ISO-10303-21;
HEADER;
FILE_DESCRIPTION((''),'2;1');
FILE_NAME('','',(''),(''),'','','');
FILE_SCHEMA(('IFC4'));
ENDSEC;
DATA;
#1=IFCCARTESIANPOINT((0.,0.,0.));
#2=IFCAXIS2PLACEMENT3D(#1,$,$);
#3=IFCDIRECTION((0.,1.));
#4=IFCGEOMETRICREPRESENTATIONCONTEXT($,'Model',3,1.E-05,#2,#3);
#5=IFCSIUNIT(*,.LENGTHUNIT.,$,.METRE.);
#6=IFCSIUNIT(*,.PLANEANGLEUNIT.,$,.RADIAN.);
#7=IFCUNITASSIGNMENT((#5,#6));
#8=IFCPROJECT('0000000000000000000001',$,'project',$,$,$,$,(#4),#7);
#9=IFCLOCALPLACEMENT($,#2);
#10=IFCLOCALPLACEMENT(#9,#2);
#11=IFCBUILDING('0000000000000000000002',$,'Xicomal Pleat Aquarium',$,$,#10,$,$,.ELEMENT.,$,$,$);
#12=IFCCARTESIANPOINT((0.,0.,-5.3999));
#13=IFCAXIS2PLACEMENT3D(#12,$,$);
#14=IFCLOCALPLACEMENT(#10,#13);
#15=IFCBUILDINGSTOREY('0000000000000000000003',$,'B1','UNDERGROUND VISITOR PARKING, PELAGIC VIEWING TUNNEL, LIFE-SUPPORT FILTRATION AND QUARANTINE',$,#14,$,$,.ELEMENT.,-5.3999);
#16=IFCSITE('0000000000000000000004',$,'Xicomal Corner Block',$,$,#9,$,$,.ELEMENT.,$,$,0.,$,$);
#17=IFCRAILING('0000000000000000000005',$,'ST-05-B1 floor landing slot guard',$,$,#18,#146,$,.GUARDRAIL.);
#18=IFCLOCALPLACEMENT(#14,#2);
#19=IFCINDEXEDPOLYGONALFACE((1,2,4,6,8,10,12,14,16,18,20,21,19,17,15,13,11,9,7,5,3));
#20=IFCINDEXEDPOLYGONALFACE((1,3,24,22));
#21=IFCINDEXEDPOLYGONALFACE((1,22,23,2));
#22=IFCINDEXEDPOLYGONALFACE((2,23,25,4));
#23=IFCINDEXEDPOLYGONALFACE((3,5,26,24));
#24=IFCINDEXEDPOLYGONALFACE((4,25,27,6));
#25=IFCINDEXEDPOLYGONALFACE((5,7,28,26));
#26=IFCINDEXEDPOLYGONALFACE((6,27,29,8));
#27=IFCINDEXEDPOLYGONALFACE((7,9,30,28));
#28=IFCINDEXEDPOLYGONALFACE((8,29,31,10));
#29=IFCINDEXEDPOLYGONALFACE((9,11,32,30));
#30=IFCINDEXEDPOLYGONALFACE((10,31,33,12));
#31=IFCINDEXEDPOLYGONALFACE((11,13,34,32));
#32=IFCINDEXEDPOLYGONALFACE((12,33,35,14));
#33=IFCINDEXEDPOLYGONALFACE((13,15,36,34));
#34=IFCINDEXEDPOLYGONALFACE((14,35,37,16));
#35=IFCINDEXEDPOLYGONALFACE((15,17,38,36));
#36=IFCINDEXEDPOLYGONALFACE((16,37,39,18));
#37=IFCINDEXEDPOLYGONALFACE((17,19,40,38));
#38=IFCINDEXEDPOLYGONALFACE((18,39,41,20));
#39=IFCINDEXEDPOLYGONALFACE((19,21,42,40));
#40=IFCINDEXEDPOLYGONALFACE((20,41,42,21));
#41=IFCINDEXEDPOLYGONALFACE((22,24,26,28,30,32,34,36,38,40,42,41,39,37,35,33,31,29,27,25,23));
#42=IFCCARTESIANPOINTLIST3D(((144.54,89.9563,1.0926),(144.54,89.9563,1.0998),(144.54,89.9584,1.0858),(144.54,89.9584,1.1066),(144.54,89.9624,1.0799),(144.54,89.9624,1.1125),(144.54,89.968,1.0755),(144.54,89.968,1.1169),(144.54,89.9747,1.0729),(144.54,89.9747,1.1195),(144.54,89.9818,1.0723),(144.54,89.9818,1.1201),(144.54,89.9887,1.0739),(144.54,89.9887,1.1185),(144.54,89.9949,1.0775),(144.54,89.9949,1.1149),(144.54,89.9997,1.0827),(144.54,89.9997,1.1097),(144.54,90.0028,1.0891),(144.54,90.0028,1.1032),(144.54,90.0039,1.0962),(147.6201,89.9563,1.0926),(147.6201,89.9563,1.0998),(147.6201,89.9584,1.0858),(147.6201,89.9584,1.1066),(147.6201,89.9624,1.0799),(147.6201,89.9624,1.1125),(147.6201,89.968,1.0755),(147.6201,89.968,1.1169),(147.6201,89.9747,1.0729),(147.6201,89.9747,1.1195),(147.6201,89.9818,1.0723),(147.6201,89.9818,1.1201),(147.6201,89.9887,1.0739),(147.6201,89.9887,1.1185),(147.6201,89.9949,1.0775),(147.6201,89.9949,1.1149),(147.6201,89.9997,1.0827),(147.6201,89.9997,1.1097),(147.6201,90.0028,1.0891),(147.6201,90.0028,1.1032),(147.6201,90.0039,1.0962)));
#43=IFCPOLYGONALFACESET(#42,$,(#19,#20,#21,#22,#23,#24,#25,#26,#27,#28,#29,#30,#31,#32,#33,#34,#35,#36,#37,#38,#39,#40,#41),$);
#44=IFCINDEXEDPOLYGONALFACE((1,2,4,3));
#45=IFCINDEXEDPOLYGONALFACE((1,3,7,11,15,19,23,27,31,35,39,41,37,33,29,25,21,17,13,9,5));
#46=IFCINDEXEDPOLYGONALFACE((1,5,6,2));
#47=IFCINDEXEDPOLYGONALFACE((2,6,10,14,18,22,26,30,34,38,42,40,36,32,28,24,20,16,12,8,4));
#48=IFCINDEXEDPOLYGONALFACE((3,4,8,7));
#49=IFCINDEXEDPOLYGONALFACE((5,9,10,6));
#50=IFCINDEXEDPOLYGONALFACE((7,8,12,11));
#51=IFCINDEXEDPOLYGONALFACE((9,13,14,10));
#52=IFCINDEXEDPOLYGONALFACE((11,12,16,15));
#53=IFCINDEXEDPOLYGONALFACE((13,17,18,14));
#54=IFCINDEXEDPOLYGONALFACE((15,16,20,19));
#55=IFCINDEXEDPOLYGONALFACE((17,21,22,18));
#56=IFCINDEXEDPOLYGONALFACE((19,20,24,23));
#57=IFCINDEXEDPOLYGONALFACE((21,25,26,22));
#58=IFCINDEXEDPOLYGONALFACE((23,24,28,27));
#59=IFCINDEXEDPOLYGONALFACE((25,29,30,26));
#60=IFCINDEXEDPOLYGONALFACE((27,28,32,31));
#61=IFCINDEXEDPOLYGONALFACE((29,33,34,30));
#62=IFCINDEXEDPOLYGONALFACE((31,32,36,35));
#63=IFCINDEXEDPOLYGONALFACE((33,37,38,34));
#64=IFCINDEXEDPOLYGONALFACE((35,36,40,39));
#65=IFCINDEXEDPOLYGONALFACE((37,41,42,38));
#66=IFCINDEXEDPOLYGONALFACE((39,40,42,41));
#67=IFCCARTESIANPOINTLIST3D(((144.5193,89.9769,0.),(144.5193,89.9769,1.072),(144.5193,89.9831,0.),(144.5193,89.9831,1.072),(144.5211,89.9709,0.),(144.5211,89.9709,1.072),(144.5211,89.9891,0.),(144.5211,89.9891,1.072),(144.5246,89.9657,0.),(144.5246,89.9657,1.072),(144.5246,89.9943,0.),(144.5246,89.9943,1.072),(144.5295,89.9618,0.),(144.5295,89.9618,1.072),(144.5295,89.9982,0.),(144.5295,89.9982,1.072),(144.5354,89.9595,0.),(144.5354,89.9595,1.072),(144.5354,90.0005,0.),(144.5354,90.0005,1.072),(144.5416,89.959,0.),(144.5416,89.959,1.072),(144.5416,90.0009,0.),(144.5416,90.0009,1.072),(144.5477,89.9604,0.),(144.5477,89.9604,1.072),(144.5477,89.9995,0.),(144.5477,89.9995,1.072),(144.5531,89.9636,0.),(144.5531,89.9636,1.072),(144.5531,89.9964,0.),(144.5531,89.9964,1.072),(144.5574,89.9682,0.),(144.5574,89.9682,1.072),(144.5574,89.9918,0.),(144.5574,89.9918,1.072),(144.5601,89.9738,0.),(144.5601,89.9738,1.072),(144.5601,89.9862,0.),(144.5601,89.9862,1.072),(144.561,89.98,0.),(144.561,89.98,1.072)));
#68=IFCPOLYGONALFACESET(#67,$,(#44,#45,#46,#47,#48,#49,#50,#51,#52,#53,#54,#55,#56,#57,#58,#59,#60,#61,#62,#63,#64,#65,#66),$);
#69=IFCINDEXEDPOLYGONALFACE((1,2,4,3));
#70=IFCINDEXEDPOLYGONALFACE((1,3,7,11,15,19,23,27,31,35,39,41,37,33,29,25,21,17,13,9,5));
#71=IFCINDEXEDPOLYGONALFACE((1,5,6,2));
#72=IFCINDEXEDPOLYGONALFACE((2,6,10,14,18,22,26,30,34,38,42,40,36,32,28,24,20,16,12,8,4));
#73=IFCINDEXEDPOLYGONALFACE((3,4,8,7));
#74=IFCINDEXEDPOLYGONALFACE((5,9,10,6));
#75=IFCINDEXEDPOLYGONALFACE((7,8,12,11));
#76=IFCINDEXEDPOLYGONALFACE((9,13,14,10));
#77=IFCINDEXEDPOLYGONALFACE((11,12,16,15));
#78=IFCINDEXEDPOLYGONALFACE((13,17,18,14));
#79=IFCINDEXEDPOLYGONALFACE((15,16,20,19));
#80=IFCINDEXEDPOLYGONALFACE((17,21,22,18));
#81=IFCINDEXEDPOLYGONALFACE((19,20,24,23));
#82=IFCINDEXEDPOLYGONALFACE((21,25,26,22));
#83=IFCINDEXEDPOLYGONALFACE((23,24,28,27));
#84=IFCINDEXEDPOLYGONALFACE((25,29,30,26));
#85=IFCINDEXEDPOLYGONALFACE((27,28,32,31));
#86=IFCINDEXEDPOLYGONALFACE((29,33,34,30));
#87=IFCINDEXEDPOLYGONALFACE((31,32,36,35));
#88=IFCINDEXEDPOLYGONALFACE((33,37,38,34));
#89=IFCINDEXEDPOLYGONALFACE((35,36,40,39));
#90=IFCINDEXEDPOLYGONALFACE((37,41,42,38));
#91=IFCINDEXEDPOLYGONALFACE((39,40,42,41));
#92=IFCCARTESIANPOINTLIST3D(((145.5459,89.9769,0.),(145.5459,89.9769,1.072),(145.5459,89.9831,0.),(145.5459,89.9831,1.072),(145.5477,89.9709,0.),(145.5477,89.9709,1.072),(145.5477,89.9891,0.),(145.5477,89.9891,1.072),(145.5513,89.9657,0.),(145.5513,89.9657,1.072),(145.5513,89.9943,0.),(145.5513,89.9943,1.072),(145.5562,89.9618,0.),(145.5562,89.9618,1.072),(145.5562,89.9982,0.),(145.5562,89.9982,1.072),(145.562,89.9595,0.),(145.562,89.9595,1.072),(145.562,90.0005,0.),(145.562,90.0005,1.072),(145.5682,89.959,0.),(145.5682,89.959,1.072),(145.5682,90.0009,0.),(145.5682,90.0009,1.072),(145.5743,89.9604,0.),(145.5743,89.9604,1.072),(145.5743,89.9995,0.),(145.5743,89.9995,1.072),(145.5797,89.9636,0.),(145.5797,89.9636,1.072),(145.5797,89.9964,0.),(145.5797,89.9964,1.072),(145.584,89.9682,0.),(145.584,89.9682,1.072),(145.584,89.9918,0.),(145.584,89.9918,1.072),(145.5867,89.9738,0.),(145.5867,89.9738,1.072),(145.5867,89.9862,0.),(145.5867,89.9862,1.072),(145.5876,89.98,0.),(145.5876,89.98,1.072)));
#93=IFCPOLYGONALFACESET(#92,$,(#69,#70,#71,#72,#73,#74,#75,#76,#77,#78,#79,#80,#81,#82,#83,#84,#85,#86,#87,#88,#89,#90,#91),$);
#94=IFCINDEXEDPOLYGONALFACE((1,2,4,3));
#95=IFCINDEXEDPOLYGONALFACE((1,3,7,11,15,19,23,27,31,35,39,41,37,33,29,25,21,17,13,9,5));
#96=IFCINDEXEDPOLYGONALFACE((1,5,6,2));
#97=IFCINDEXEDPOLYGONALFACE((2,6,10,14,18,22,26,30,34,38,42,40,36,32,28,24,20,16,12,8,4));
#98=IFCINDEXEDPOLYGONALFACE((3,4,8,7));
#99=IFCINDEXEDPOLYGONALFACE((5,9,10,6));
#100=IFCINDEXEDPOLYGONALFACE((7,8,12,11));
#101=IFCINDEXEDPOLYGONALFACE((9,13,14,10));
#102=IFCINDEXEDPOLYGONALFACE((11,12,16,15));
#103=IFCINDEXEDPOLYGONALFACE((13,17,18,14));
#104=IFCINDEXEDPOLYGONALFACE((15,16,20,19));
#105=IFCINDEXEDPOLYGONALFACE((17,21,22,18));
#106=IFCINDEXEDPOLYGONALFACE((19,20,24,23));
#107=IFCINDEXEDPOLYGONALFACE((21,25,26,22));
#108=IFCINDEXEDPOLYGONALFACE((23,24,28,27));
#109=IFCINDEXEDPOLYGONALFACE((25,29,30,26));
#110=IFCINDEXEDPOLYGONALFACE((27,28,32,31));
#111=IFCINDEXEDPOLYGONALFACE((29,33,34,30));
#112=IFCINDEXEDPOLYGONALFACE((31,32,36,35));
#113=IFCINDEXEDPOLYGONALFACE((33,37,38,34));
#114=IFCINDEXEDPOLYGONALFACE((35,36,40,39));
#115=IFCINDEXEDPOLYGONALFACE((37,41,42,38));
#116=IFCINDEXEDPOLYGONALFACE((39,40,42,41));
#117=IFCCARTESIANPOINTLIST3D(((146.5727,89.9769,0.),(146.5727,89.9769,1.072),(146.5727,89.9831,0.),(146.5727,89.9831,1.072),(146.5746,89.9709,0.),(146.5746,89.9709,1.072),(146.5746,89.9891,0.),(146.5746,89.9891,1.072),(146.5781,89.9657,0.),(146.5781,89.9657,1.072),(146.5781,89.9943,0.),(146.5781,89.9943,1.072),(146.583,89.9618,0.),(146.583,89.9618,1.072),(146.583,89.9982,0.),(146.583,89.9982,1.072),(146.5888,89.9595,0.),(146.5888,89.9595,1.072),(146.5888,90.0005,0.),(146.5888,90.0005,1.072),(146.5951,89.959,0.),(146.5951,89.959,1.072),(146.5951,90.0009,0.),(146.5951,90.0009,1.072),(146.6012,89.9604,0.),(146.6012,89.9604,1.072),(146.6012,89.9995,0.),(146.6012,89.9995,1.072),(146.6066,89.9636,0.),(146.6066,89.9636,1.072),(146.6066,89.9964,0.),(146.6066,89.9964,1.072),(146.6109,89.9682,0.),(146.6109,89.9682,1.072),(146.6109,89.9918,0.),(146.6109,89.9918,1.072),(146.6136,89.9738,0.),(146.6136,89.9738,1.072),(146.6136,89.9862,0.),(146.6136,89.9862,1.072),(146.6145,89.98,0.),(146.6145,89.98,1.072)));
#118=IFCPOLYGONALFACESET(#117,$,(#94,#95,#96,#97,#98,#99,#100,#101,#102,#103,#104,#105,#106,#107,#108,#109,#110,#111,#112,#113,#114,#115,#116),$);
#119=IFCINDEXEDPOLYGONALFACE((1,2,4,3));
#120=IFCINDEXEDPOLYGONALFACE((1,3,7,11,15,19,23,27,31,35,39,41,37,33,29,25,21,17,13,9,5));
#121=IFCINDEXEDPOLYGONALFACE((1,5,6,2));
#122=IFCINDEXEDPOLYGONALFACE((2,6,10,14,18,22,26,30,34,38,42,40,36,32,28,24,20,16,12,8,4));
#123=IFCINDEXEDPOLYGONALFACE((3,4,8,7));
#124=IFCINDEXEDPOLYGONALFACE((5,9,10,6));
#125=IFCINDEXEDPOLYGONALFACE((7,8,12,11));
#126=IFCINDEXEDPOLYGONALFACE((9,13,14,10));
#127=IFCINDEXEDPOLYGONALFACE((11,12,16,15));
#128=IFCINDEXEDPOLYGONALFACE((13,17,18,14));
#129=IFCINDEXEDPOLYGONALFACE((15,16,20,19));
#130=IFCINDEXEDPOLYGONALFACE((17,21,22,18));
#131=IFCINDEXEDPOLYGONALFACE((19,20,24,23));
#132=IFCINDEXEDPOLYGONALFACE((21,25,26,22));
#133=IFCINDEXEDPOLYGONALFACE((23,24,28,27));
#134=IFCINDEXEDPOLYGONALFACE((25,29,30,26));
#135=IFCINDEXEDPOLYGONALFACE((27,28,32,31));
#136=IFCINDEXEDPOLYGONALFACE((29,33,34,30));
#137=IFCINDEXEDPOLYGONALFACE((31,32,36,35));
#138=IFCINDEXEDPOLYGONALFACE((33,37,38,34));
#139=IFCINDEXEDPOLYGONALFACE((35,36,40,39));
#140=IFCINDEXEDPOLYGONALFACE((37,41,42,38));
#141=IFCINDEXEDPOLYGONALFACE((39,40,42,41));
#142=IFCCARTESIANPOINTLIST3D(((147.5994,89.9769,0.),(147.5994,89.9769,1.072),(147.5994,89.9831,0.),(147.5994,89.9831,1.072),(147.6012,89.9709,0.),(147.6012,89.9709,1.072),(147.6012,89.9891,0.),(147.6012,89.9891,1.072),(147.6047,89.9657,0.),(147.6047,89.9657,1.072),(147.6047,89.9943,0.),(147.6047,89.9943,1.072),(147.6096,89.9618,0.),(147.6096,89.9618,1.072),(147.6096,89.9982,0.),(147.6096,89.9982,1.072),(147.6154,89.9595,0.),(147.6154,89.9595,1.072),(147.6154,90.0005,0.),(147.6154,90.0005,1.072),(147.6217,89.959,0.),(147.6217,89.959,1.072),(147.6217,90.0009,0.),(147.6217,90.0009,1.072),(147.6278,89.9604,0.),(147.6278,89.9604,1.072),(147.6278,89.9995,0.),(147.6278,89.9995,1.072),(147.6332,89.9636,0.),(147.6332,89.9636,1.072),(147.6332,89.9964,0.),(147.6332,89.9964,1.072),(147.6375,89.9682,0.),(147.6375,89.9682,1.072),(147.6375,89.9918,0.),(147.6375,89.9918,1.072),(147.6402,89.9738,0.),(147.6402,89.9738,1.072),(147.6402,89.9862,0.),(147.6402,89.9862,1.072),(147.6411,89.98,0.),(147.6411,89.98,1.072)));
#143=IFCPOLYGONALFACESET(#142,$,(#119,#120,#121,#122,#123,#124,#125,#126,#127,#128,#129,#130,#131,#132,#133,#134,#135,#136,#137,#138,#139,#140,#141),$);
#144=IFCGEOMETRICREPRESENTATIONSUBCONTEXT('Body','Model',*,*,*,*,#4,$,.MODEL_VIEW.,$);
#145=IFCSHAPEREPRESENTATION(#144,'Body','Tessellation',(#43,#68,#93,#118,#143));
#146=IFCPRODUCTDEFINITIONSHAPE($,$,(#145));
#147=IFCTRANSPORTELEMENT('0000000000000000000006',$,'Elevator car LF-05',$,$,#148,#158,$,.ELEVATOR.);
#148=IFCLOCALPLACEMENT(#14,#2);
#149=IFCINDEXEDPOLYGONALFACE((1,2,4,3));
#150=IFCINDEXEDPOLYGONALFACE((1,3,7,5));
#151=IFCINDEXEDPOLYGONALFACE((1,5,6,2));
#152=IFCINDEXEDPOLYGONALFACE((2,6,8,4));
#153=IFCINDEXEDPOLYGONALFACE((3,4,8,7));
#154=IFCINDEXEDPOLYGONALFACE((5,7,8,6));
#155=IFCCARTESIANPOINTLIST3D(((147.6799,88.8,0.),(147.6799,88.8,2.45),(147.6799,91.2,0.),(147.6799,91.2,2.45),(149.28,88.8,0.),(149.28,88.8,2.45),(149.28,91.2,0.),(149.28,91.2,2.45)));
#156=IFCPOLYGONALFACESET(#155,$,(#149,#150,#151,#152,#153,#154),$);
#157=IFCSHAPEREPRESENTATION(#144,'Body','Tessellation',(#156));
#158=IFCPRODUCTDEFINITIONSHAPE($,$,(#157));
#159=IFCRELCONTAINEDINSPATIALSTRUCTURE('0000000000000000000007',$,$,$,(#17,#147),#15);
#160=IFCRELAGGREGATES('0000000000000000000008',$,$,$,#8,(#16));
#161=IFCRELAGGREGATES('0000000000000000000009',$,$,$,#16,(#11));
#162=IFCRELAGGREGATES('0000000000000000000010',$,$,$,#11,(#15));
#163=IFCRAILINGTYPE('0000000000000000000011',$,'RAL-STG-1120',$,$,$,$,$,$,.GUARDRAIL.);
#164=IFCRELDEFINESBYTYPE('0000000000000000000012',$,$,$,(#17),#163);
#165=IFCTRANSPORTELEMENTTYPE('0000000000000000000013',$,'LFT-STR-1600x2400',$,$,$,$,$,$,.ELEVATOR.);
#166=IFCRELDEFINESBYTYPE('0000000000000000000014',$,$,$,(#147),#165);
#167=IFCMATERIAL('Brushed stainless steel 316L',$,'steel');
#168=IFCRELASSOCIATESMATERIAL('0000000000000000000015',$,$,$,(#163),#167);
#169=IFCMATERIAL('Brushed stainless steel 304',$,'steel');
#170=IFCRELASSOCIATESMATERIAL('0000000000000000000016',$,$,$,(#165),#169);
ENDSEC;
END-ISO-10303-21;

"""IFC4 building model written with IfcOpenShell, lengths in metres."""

from ifc_helpers import new_model, si_unit, direction, frame, origin, origin_2d, place, context, subcontext, project, spatial, rectangle, circle, extrude, material, type_object, element, save


model = new_model("IFC4")

# Units and contexts
model_context = context("Model", 3, precision=1e-05, world=origin(), true_north=direction((0.0, 1.0)))
body_context = subcontext(model_context, "Body", "Model", "MODEL_VIEW")
ifc_project = project(units=[si_unit("LENGTHUNIT", "METRE"), si_unit("PLANEANGLEUNIT", "RADIAN")], contexts=[model_context])

# Site, building, storey
site_placement = place(None, origin())
site = spatial("IfcSite", under=ifc_project, at=site_placement, Name="Xicomal Corner Block", CompositionType="ELEMENT", RefElevation=0.0)
building_placement = place(site_placement, origin())
building = spatial("IfcBuilding", under=site, at=building_placement, Name="Xicomal Pleat Aquarium", CompositionType="ELEMENT")
storey_placement = place(building_placement, frame((0.0, 0.0, -5.3999)))
storey = spatial("IfcBuildingStorey", under=building, at=storey_placement, Name="B1", Description="UNDERGROUND VISITOR PARKING, PELAGIC VIEWING TUNNEL, LIFE-SUPPORT FILTRATION AND QUARANTINE", CompositionType="ELEMENT", Elevation=-5.3999)

# Railing
ifc_material_1 = material(Name="Brushed stainless steel 316L", Category="steel")
railing_type = type_object("IfcRailingType", Name="RAL-STG-1120", PredefinedType="GUARDRAIL", material=ifc_material_1)
railing_placement = place(storey_placement, frame((144.54, 89.98, 0.0)))
element("IfcRailing", 1, at=railing_placement, inside=storey, type_object=railing_type, Name="ST-05-B1 floor landing slot guard", PredefinedType="GUARDRAIL", context=body_context, shape_type="SweptSolid", body=[
    extrude(circle(Radius=0.0239, at=origin_2d()), frame((0.0, 0.0, 1.0962), z_axis=(1.0, 0.0, 0.0), x_axis=(0.0, 1.0, 0.0)), (0.0, 0.0, 1.0), 3.0801),
    extrude(circle(Radius=0.021, at=origin_2d()), origin(), (0.0, 0.0, 1.0), 1.072),
    extrude(circle(Radius=0.021, at=origin_2d()), frame((1.0266, 0.0, 0.0)), (0.0, 0.0, 1.0), 1.072),
    extrude(circle(Radius=0.021, at=origin_2d()), frame((2.0535, 0.0, 0.0)), (0.0, 0.0, 1.0), 1.072),
    extrude(circle(Radius=0.021, at=origin_2d()), frame((3.0801, 0.0, 0.0)), (0.0, 0.0, 1.0), 1.072),
])

# Transport element
ifc_material_2 = material(Name="Brushed stainless steel 304", Category="steel")
transport_element_type = type_object("IfcTransportElementType", Name="LFT-STR-1600x2400", PredefinedType="ELEVATOR", material=ifc_material_2)
transport_element_placement = place(storey_placement, frame((148.48, 90.0, 0.0), z_axis=(0.0, 0.0, 1.0), x_axis=(1.0, 0.0, 0.0)))
element("IfcTransportElement", 2, at=transport_element_placement, inside=storey, type_object=transport_element_type, Name="Elevator car LF-05", PredefinedType="ELEVATOR", context=body_context, shape_type="SweptSolid", body=[
    extrude(rectangle(XDim=1.6001, YDim=2.3999, at=origin_2d()), origin(), (0.0, 0.0, 1.0), 2.45),
])

save(model, "model.ifc")
